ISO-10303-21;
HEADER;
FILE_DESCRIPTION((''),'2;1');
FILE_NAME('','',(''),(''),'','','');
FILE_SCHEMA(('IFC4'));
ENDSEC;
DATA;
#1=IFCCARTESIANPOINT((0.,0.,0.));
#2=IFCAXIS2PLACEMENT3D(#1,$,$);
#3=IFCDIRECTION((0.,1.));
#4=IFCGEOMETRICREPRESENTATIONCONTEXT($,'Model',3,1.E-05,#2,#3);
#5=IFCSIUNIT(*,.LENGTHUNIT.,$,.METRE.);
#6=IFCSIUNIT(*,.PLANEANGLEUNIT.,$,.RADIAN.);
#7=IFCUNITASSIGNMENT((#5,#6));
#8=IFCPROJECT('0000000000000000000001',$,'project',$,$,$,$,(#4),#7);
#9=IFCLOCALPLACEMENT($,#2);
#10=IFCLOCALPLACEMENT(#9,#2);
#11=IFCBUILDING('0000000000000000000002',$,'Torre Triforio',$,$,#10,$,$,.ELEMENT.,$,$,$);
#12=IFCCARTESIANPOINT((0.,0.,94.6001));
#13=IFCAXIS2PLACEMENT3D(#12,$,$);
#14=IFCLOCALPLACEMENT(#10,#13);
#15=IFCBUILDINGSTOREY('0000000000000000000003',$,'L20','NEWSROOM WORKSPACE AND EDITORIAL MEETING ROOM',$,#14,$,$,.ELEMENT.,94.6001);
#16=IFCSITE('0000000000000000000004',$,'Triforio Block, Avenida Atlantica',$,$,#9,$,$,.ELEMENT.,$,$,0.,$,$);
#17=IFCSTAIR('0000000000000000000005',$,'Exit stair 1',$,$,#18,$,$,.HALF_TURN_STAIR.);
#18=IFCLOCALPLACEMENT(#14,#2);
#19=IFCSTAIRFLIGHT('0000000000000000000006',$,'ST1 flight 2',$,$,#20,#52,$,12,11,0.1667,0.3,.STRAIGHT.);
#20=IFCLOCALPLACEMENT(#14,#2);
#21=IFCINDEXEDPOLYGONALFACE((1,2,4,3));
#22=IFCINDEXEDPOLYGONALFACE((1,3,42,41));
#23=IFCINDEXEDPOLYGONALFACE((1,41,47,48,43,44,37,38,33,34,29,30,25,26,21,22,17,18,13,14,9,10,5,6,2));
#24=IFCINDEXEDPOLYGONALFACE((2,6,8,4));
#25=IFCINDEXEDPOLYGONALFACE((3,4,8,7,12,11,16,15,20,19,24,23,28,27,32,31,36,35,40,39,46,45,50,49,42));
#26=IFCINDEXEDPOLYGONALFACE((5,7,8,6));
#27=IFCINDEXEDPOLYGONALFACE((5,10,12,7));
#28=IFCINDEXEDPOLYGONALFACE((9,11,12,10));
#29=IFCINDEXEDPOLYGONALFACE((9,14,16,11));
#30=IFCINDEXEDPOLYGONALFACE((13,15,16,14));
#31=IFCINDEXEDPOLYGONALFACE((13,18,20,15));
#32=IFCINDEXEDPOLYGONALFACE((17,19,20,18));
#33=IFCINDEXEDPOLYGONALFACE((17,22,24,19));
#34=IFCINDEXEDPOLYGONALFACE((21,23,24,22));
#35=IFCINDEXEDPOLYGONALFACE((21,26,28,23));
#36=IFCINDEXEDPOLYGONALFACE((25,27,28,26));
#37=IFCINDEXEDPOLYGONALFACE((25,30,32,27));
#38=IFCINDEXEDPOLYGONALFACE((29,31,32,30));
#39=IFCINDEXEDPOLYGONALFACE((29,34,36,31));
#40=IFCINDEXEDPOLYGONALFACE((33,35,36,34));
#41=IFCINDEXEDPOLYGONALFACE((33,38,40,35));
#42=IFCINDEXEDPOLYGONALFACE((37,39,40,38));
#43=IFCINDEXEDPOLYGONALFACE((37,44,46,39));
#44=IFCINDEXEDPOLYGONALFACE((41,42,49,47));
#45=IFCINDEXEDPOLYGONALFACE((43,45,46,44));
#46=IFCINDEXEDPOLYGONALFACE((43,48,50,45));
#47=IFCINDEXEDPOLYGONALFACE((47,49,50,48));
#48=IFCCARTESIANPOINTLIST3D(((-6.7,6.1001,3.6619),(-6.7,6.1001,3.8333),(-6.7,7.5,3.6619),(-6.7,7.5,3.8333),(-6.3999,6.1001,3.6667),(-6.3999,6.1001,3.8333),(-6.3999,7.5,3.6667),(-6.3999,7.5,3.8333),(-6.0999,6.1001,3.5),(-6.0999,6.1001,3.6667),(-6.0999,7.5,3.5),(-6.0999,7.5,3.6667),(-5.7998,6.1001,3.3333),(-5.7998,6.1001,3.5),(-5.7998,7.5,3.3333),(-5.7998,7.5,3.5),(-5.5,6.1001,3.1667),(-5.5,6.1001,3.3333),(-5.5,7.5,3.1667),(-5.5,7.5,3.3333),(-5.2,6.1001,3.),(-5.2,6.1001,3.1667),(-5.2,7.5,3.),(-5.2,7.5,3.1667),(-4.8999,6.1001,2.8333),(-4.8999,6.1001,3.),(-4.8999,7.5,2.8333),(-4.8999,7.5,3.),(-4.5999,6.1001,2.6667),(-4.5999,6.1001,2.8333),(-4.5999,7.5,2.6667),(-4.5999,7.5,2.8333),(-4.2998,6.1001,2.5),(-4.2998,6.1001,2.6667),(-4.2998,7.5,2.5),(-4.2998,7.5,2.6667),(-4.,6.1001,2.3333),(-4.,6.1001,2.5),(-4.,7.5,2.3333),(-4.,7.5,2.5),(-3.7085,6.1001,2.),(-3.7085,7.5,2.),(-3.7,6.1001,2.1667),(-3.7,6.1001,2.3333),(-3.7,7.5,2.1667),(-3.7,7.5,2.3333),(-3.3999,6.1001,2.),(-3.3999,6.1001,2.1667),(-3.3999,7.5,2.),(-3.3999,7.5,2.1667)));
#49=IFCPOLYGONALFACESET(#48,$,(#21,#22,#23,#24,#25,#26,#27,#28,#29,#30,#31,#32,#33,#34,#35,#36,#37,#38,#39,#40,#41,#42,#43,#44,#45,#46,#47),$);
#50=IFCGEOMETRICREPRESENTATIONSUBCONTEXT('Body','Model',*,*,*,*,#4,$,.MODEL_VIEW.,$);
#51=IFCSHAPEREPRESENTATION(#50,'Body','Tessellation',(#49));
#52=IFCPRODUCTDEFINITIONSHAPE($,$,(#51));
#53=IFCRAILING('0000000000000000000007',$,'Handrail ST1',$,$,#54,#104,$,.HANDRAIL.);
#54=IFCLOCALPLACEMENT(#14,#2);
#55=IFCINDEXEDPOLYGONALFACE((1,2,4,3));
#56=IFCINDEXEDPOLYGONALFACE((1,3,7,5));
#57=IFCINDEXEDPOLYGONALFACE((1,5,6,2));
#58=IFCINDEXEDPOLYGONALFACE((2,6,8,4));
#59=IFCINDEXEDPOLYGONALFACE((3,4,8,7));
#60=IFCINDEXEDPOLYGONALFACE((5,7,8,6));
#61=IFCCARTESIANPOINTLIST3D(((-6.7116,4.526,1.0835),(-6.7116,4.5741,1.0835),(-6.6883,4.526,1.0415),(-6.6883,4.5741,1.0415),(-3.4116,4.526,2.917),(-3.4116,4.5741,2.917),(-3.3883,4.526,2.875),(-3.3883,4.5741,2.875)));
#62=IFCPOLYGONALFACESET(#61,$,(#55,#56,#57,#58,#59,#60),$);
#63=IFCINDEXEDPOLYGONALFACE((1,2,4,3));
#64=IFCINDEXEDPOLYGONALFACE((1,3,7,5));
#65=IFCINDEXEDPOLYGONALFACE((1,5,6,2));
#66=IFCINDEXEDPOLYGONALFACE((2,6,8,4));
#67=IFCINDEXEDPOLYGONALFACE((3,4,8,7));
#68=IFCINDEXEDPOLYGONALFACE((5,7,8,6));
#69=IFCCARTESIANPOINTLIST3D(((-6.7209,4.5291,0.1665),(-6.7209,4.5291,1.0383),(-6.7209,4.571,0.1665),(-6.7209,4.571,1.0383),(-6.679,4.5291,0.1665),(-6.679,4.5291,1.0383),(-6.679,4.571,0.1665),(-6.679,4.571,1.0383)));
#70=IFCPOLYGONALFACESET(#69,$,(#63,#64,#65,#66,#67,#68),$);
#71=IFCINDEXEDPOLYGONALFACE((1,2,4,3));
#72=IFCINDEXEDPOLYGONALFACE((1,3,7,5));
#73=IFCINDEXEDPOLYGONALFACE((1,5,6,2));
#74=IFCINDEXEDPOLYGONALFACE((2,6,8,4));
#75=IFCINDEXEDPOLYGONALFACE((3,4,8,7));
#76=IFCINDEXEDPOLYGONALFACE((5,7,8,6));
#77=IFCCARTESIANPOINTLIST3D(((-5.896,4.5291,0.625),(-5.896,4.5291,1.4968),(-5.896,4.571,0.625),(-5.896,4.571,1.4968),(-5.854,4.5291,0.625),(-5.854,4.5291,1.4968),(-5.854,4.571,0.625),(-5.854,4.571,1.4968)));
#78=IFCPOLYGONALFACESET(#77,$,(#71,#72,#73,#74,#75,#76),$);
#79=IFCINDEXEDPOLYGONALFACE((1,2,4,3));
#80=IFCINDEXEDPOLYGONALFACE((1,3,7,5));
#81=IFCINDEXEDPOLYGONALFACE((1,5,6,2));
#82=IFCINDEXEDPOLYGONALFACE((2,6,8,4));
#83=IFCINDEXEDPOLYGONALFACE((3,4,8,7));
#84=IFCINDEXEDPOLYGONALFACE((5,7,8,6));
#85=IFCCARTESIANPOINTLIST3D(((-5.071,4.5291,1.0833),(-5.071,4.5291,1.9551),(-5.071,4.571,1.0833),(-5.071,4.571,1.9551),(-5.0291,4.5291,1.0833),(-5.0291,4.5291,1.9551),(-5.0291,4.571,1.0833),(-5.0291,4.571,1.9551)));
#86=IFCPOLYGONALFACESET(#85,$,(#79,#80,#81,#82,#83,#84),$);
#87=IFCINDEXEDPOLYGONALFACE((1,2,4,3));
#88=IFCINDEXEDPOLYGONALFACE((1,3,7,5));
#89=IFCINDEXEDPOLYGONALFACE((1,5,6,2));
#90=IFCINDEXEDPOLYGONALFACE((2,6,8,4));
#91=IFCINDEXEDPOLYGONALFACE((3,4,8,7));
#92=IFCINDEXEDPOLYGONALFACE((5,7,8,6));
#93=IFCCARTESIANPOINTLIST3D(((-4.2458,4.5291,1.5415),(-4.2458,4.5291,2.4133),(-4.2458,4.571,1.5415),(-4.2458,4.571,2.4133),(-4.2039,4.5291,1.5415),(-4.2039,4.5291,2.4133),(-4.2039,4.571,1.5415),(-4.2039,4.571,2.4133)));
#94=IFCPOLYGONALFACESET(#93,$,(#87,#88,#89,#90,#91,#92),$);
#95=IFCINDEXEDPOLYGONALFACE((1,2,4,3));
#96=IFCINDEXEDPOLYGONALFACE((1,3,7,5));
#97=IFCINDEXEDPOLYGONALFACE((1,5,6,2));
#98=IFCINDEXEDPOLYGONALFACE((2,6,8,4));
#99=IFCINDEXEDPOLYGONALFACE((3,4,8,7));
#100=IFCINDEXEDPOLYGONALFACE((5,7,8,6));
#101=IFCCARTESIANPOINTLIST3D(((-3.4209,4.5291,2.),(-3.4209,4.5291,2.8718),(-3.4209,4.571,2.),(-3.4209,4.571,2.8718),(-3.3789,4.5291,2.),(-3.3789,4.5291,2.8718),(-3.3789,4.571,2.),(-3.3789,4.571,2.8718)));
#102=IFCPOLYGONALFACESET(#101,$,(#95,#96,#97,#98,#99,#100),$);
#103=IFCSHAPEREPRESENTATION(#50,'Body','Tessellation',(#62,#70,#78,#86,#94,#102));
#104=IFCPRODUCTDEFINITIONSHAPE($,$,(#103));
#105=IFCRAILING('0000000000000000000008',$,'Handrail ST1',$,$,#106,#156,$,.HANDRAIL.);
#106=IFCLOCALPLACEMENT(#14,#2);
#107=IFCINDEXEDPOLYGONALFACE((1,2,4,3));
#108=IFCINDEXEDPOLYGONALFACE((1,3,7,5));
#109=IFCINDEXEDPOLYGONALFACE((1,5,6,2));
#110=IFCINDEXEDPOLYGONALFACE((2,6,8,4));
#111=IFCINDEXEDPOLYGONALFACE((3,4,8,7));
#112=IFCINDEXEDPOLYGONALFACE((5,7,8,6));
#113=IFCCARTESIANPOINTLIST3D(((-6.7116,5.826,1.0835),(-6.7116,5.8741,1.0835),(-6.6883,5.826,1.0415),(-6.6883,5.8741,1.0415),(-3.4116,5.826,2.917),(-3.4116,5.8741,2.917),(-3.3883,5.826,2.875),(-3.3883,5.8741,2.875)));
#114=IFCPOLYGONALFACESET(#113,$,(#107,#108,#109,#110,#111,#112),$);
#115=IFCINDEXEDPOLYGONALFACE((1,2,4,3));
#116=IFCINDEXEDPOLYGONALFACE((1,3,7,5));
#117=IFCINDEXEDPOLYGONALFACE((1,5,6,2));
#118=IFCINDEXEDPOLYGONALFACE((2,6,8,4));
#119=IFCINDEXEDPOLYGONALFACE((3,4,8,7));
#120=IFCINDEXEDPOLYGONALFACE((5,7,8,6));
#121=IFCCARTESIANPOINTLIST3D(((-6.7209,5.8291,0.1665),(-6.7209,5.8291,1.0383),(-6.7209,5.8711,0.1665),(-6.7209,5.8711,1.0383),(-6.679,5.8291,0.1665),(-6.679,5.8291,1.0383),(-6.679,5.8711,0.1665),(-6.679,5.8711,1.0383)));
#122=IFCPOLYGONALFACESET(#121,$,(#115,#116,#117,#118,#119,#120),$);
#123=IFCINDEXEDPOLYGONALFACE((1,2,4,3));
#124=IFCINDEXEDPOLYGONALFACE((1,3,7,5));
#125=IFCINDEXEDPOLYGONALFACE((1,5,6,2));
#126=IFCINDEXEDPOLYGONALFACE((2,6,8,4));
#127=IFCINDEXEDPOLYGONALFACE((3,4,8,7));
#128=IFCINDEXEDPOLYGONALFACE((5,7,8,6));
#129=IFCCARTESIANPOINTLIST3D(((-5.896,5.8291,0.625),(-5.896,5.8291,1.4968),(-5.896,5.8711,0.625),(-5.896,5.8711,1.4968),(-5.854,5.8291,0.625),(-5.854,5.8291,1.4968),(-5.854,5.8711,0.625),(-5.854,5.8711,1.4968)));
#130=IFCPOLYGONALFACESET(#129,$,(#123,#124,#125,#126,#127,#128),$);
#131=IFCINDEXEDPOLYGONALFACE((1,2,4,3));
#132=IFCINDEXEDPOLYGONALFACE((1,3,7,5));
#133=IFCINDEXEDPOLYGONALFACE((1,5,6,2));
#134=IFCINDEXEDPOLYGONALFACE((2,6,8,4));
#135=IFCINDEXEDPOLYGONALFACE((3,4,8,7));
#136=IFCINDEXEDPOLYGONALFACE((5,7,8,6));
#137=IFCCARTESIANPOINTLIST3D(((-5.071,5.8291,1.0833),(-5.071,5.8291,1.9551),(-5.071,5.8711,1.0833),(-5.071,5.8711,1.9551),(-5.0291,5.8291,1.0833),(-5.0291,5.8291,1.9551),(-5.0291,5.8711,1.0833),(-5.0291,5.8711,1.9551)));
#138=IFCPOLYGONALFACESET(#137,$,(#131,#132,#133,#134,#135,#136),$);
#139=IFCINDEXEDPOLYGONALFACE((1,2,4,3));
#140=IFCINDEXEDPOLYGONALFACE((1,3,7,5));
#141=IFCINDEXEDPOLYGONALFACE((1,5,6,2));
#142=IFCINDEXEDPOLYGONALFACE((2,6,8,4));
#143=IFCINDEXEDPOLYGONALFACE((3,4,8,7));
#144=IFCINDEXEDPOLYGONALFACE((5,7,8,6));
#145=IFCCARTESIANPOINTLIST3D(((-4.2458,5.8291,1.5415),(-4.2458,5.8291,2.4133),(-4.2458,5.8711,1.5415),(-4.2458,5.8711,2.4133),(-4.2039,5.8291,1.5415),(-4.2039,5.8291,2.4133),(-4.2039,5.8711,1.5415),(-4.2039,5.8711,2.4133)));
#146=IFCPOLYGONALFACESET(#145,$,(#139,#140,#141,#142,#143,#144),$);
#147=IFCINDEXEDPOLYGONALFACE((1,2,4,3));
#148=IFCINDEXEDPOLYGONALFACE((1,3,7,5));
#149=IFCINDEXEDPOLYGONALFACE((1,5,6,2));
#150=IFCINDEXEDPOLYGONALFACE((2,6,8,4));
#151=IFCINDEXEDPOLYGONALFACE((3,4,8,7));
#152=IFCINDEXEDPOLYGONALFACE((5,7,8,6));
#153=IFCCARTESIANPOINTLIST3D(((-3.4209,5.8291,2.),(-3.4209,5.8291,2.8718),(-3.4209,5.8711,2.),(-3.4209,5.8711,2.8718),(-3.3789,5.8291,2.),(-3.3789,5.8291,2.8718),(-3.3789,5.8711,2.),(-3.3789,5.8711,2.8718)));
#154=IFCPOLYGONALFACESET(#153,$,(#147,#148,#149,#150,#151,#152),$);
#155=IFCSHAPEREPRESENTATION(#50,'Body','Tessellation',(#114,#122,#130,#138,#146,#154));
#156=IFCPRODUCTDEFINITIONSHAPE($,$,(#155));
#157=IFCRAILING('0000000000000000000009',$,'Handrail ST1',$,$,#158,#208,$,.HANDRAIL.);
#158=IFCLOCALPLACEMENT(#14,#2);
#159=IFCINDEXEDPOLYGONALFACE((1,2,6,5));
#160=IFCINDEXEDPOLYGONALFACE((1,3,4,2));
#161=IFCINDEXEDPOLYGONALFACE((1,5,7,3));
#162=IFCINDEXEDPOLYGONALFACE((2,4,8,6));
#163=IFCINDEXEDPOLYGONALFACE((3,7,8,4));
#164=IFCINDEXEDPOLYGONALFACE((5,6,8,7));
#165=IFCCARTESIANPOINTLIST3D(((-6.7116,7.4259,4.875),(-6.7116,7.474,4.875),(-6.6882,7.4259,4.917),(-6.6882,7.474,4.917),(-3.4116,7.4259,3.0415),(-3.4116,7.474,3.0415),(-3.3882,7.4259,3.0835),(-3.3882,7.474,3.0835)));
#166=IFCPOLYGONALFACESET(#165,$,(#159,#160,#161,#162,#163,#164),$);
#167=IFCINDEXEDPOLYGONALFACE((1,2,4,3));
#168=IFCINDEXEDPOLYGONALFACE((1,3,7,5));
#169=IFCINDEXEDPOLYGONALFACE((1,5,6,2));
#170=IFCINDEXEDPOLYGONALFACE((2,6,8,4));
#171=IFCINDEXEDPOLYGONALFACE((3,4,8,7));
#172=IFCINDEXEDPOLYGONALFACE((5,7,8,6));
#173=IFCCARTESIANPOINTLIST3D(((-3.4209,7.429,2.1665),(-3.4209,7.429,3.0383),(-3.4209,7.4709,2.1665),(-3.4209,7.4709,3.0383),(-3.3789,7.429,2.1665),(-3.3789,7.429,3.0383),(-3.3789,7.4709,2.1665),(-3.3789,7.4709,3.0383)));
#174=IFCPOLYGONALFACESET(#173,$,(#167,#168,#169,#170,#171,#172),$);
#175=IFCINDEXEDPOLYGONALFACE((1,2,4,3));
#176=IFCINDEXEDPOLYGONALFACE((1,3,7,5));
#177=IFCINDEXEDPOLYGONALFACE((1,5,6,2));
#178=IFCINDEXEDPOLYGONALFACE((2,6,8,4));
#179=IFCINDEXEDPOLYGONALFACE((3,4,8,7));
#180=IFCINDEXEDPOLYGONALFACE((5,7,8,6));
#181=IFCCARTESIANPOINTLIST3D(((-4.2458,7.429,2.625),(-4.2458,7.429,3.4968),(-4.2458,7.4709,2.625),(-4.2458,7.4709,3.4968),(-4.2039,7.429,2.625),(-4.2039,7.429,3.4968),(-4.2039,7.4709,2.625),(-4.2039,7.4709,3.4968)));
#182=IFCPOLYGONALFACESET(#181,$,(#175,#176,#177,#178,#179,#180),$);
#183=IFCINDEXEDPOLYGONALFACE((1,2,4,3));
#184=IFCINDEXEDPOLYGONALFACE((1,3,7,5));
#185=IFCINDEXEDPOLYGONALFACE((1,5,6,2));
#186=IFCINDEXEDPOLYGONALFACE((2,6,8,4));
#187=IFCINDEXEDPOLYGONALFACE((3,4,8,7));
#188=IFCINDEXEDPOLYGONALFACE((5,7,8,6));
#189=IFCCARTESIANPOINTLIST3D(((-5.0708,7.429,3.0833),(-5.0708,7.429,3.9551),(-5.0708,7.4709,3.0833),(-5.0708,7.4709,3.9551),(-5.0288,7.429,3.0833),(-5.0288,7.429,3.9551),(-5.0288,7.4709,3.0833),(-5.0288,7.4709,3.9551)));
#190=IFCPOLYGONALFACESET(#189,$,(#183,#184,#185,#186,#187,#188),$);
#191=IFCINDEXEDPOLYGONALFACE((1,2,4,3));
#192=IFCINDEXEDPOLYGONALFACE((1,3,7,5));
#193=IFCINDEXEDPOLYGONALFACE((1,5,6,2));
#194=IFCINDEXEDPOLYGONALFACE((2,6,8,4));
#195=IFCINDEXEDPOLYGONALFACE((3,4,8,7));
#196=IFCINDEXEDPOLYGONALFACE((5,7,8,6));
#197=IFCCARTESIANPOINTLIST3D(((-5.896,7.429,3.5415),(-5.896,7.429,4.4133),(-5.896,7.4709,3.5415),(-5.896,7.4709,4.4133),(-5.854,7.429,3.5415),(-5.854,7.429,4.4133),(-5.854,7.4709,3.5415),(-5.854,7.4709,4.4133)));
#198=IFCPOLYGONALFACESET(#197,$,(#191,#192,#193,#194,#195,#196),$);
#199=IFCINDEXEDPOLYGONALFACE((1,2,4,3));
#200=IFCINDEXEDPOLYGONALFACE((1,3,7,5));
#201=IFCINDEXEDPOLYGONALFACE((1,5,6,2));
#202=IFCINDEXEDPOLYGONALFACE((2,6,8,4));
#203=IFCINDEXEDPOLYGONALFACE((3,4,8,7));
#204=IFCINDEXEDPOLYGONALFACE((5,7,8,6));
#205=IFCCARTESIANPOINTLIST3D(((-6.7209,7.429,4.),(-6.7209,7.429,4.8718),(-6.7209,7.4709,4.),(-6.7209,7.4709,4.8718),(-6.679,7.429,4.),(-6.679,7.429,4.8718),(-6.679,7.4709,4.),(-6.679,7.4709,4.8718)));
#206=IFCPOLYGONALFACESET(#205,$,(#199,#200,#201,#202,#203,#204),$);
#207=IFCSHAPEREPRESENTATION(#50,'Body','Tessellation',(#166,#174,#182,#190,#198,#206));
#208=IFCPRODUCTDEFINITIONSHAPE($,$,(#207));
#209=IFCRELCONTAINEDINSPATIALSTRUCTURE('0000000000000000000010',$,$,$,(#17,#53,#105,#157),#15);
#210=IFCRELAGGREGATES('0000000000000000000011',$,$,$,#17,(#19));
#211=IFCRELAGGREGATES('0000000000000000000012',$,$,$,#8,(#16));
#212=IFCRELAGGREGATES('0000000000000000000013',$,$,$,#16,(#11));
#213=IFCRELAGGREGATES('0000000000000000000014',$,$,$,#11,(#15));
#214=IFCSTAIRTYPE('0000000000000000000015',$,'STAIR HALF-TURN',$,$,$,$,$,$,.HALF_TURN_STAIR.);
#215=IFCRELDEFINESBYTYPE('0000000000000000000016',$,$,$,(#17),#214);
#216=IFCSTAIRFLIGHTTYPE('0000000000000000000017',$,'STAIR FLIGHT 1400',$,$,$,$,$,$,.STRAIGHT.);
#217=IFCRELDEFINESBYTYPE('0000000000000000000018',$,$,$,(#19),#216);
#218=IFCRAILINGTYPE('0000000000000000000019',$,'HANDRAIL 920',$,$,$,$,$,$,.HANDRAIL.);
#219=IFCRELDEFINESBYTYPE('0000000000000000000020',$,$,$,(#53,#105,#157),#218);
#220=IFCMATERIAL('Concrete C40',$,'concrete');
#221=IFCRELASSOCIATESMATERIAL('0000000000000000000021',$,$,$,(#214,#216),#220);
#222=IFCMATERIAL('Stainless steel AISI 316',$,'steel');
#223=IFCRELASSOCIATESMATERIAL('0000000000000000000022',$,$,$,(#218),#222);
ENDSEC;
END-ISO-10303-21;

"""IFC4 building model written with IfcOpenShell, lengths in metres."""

from ifc_helpers import new_model, si_unit, direction, frame, origin, origin_2d, place, context, subcontext, project, spatial, polyline, rectangle, outline, extrude, material, type_object, element, aggregate, save


model = new_model("IFC4")

# Units and contexts
model_context = context("Model", 3, precision=1e-05, world=origin(), true_north=direction((0.0, 1.0)))
body_context = subcontext(model_context, "Body", "Model", "MODEL_VIEW")
ifc_project = project(units=[si_unit("LENGTHUNIT", "METRE"), si_unit("PLANEANGLEUNIT", "RADIAN")], contexts=[model_context])

# Site, building, storey
site_placement = place(None, origin())
site = spatial("IfcSite", under=ifc_project, at=site_placement, Name="Triforio Block, Avenida Atlantica", CompositionType="ELEMENT", RefElevation=0.0)
building_placement = place(site_placement, origin())
building = spatial("IfcBuilding", under=site, at=building_placement, Name="Torre Triforio", CompositionType="ELEMENT")
storey_placement = place(building_placement, frame((0.0, 0.0, 94.6001)))
storey = spatial("IfcBuildingStorey", under=building, at=storey_placement, Name="L20", Description="NEWSROOM WORKSPACE AND EDITORIAL MEETING ROOM", CompositionType="ELEMENT", Elevation=94.6001)

# Stair, stair flight
ifc_material_1 = material(Name="Concrete C40", Category="concrete")
stair_type = type_object("IfcStairType", Name="STAIR HALF-TURN", PredefinedType="HALF_TURN_STAIR", material=ifc_material_1)
stair_placement = place(storey_placement, origin())
stair = element("IfcStair", 1, at=stair_placement, inside=storey, type_object=stair_type, Name="Exit stair 1", PredefinedType="HALF_TURN_STAIR")
stair_flight_type = type_object("IfcStairFlightType", Name="STAIR FLIGHT 1400", PredefinedType="STRAIGHT", material=ifc_material_1)
stair_flight_1_placement = place(storey_placement, frame((-3.3999, 6.8, 2.0), z_axis=(0.0, 0.0, 1.0), x_axis=(-1.0, 0.0, 0.0)))
stair_flight_1 = element("IfcStairFlight", 2, at=stair_flight_1_placement, type_object=stair_flight_type, Name="ST1 flight 2", NumberOfRisers=12, NumberOfTreads=11, PredefinedType="STRAIGHT", RiserHeight=0.1667, TreadLength=0.3, context=body_context, shape_type="SweptSolid", body=[
    extrude(outline(polyline([(0.0, 0.0), (0.0, 0.1667), (0.3, 0.1667), (0.3, 0.3333), (0.6001, 0.3333), (0.6001, 0.5), (0.8999, 0.5), (0.8999, 0.6667), (1.2, 0.6667), (1.2, 0.8333), (1.5, 0.8333), (1.5, 1.0), (1.8, 1.0), (1.8, 1.1667), (2.1001, 1.1667), (2.1001, 1.3333), (2.3999, 1.3333), (2.3999, 1.5), (2.7, 1.5), (2.7, 1.6667), (3.0, 1.6667), (3.0, 1.8333), (3.3, 1.8333), (3.3, 2.0), (3.3, 1.6619), (0.3086, 0.0), (0.0, 0.0)])), frame((0.0, 0.7, 0.0), z_axis=(0.0, -1.0, 0.0), x_axis=(1.0, 0.0, 0.0)), (0.0, 0.0, 1.0), 1.3999),
])
aggregate(stair, [stair_flight_1])

# Railings
ifc_material_2 = material(Name="Stainless steel AISI 316", Category="steel")
railing_type = type_object("IfcRailingType", Name="HANDRAIL 920", PredefinedType="HANDRAIL", material=ifc_material_2)
for number, where, name in (
    (3, (-6.7, 4.55, 0.1665), "Handrail ST1"),
    (4, (-6.7, 5.8501, 0.1665), "Handrail ST1"),
):
    element("IfcRailing", number, at=place(storey_placement, frame(where)), inside=storey, type_object=railing_type, Name=name, PredefinedType="HANDRAIL", context=body_context, shape_type="SweptSolid", body=[
        extrude(rectangle(XDim=0.0481, YDim=0.0481, at=origin_2d()), frame((0.0, 0.0, 0.896), z_axis=(0.874142, 0.0, 0.48567), x_axis=(0.0, 1.0, 0.0)), (0.0, 0.0, 1.0), 3.7751),
        extrude(rectangle(XDim=0.042, YDim=0.042, at=origin_2d()), origin(), (0.0, 0.0, 1.0), 0.8718),
        extrude(rectangle(XDim=0.042, YDim=0.042, at=origin_2d()), frame((0.825, 0.0, 0.4585)), (0.0, 0.0, 1.0), 0.8718),
        extrude(rectangle(XDim=0.042, YDim=0.042, at=origin_2d()), frame((1.6499, 0.0, 0.9167)), (0.0, 0.0, 1.0), 0.8718),
        extrude(rectangle(XDim=0.042, YDim=0.042, at=origin_2d()), frame((2.4751, 0.0, 1.375)), (0.0, 0.0, 1.0), 0.8718),
        extrude(rectangle(XDim=0.042, YDim=0.042, at=origin_2d()), frame((3.3, 0.0, 1.8335)), (0.0, 0.0, 1.0), 0.8718),
    ])
for number, where, name in (
    (5, (-3.3999, 7.45, 2.1665), "Handrail ST1"),
):
    element("IfcRailing", number, at=place(storey_placement, frame(where)), inside=storey, type_object=railing_type, Name=name, PredefinedType="HANDRAIL", context=body_context, shape_type="SweptSolid", body=[
        extrude(rectangle(XDim=0.0481, YDim=0.0481, at=origin_2d()), frame((0.0, 0.0, 0.896), z_axis=(-0.874142, 0.0, 0.48567), x_axis=(0.0, -1.0, 0.0)), (0.0, 0.0, 1.0), 3.7751),
        extrude(rectangle(XDim=0.042, YDim=0.042, at=origin_2d()), origin(), (0.0, 0.0, 1.0), 0.8718),
        extrude(rectangle(XDim=0.042, YDim=0.042, at=origin_2d()), frame((-0.825, 0.0, 0.4585)), (0.0, 0.0, 1.0), 0.8718),
        extrude(rectangle(XDim=0.042, YDim=0.042, at=origin_2d()), frame((-1.6499, 0.0, 0.9167)), (0.0, 0.0, 1.0), 0.8718),
        extrude(rectangle(XDim=0.042, YDim=0.042, at=origin_2d()), frame((-2.4751, 0.0, 1.375)), (0.0, 0.0, 1.0), 0.8718),
        extrude(rectangle(XDim=0.042, YDim=0.042, at=origin_2d()), frame((-3.3, 0.0, 1.8335)), (0.0, 0.0, 1.0), 0.8718),
    ])

save(model, "model.ifc")
